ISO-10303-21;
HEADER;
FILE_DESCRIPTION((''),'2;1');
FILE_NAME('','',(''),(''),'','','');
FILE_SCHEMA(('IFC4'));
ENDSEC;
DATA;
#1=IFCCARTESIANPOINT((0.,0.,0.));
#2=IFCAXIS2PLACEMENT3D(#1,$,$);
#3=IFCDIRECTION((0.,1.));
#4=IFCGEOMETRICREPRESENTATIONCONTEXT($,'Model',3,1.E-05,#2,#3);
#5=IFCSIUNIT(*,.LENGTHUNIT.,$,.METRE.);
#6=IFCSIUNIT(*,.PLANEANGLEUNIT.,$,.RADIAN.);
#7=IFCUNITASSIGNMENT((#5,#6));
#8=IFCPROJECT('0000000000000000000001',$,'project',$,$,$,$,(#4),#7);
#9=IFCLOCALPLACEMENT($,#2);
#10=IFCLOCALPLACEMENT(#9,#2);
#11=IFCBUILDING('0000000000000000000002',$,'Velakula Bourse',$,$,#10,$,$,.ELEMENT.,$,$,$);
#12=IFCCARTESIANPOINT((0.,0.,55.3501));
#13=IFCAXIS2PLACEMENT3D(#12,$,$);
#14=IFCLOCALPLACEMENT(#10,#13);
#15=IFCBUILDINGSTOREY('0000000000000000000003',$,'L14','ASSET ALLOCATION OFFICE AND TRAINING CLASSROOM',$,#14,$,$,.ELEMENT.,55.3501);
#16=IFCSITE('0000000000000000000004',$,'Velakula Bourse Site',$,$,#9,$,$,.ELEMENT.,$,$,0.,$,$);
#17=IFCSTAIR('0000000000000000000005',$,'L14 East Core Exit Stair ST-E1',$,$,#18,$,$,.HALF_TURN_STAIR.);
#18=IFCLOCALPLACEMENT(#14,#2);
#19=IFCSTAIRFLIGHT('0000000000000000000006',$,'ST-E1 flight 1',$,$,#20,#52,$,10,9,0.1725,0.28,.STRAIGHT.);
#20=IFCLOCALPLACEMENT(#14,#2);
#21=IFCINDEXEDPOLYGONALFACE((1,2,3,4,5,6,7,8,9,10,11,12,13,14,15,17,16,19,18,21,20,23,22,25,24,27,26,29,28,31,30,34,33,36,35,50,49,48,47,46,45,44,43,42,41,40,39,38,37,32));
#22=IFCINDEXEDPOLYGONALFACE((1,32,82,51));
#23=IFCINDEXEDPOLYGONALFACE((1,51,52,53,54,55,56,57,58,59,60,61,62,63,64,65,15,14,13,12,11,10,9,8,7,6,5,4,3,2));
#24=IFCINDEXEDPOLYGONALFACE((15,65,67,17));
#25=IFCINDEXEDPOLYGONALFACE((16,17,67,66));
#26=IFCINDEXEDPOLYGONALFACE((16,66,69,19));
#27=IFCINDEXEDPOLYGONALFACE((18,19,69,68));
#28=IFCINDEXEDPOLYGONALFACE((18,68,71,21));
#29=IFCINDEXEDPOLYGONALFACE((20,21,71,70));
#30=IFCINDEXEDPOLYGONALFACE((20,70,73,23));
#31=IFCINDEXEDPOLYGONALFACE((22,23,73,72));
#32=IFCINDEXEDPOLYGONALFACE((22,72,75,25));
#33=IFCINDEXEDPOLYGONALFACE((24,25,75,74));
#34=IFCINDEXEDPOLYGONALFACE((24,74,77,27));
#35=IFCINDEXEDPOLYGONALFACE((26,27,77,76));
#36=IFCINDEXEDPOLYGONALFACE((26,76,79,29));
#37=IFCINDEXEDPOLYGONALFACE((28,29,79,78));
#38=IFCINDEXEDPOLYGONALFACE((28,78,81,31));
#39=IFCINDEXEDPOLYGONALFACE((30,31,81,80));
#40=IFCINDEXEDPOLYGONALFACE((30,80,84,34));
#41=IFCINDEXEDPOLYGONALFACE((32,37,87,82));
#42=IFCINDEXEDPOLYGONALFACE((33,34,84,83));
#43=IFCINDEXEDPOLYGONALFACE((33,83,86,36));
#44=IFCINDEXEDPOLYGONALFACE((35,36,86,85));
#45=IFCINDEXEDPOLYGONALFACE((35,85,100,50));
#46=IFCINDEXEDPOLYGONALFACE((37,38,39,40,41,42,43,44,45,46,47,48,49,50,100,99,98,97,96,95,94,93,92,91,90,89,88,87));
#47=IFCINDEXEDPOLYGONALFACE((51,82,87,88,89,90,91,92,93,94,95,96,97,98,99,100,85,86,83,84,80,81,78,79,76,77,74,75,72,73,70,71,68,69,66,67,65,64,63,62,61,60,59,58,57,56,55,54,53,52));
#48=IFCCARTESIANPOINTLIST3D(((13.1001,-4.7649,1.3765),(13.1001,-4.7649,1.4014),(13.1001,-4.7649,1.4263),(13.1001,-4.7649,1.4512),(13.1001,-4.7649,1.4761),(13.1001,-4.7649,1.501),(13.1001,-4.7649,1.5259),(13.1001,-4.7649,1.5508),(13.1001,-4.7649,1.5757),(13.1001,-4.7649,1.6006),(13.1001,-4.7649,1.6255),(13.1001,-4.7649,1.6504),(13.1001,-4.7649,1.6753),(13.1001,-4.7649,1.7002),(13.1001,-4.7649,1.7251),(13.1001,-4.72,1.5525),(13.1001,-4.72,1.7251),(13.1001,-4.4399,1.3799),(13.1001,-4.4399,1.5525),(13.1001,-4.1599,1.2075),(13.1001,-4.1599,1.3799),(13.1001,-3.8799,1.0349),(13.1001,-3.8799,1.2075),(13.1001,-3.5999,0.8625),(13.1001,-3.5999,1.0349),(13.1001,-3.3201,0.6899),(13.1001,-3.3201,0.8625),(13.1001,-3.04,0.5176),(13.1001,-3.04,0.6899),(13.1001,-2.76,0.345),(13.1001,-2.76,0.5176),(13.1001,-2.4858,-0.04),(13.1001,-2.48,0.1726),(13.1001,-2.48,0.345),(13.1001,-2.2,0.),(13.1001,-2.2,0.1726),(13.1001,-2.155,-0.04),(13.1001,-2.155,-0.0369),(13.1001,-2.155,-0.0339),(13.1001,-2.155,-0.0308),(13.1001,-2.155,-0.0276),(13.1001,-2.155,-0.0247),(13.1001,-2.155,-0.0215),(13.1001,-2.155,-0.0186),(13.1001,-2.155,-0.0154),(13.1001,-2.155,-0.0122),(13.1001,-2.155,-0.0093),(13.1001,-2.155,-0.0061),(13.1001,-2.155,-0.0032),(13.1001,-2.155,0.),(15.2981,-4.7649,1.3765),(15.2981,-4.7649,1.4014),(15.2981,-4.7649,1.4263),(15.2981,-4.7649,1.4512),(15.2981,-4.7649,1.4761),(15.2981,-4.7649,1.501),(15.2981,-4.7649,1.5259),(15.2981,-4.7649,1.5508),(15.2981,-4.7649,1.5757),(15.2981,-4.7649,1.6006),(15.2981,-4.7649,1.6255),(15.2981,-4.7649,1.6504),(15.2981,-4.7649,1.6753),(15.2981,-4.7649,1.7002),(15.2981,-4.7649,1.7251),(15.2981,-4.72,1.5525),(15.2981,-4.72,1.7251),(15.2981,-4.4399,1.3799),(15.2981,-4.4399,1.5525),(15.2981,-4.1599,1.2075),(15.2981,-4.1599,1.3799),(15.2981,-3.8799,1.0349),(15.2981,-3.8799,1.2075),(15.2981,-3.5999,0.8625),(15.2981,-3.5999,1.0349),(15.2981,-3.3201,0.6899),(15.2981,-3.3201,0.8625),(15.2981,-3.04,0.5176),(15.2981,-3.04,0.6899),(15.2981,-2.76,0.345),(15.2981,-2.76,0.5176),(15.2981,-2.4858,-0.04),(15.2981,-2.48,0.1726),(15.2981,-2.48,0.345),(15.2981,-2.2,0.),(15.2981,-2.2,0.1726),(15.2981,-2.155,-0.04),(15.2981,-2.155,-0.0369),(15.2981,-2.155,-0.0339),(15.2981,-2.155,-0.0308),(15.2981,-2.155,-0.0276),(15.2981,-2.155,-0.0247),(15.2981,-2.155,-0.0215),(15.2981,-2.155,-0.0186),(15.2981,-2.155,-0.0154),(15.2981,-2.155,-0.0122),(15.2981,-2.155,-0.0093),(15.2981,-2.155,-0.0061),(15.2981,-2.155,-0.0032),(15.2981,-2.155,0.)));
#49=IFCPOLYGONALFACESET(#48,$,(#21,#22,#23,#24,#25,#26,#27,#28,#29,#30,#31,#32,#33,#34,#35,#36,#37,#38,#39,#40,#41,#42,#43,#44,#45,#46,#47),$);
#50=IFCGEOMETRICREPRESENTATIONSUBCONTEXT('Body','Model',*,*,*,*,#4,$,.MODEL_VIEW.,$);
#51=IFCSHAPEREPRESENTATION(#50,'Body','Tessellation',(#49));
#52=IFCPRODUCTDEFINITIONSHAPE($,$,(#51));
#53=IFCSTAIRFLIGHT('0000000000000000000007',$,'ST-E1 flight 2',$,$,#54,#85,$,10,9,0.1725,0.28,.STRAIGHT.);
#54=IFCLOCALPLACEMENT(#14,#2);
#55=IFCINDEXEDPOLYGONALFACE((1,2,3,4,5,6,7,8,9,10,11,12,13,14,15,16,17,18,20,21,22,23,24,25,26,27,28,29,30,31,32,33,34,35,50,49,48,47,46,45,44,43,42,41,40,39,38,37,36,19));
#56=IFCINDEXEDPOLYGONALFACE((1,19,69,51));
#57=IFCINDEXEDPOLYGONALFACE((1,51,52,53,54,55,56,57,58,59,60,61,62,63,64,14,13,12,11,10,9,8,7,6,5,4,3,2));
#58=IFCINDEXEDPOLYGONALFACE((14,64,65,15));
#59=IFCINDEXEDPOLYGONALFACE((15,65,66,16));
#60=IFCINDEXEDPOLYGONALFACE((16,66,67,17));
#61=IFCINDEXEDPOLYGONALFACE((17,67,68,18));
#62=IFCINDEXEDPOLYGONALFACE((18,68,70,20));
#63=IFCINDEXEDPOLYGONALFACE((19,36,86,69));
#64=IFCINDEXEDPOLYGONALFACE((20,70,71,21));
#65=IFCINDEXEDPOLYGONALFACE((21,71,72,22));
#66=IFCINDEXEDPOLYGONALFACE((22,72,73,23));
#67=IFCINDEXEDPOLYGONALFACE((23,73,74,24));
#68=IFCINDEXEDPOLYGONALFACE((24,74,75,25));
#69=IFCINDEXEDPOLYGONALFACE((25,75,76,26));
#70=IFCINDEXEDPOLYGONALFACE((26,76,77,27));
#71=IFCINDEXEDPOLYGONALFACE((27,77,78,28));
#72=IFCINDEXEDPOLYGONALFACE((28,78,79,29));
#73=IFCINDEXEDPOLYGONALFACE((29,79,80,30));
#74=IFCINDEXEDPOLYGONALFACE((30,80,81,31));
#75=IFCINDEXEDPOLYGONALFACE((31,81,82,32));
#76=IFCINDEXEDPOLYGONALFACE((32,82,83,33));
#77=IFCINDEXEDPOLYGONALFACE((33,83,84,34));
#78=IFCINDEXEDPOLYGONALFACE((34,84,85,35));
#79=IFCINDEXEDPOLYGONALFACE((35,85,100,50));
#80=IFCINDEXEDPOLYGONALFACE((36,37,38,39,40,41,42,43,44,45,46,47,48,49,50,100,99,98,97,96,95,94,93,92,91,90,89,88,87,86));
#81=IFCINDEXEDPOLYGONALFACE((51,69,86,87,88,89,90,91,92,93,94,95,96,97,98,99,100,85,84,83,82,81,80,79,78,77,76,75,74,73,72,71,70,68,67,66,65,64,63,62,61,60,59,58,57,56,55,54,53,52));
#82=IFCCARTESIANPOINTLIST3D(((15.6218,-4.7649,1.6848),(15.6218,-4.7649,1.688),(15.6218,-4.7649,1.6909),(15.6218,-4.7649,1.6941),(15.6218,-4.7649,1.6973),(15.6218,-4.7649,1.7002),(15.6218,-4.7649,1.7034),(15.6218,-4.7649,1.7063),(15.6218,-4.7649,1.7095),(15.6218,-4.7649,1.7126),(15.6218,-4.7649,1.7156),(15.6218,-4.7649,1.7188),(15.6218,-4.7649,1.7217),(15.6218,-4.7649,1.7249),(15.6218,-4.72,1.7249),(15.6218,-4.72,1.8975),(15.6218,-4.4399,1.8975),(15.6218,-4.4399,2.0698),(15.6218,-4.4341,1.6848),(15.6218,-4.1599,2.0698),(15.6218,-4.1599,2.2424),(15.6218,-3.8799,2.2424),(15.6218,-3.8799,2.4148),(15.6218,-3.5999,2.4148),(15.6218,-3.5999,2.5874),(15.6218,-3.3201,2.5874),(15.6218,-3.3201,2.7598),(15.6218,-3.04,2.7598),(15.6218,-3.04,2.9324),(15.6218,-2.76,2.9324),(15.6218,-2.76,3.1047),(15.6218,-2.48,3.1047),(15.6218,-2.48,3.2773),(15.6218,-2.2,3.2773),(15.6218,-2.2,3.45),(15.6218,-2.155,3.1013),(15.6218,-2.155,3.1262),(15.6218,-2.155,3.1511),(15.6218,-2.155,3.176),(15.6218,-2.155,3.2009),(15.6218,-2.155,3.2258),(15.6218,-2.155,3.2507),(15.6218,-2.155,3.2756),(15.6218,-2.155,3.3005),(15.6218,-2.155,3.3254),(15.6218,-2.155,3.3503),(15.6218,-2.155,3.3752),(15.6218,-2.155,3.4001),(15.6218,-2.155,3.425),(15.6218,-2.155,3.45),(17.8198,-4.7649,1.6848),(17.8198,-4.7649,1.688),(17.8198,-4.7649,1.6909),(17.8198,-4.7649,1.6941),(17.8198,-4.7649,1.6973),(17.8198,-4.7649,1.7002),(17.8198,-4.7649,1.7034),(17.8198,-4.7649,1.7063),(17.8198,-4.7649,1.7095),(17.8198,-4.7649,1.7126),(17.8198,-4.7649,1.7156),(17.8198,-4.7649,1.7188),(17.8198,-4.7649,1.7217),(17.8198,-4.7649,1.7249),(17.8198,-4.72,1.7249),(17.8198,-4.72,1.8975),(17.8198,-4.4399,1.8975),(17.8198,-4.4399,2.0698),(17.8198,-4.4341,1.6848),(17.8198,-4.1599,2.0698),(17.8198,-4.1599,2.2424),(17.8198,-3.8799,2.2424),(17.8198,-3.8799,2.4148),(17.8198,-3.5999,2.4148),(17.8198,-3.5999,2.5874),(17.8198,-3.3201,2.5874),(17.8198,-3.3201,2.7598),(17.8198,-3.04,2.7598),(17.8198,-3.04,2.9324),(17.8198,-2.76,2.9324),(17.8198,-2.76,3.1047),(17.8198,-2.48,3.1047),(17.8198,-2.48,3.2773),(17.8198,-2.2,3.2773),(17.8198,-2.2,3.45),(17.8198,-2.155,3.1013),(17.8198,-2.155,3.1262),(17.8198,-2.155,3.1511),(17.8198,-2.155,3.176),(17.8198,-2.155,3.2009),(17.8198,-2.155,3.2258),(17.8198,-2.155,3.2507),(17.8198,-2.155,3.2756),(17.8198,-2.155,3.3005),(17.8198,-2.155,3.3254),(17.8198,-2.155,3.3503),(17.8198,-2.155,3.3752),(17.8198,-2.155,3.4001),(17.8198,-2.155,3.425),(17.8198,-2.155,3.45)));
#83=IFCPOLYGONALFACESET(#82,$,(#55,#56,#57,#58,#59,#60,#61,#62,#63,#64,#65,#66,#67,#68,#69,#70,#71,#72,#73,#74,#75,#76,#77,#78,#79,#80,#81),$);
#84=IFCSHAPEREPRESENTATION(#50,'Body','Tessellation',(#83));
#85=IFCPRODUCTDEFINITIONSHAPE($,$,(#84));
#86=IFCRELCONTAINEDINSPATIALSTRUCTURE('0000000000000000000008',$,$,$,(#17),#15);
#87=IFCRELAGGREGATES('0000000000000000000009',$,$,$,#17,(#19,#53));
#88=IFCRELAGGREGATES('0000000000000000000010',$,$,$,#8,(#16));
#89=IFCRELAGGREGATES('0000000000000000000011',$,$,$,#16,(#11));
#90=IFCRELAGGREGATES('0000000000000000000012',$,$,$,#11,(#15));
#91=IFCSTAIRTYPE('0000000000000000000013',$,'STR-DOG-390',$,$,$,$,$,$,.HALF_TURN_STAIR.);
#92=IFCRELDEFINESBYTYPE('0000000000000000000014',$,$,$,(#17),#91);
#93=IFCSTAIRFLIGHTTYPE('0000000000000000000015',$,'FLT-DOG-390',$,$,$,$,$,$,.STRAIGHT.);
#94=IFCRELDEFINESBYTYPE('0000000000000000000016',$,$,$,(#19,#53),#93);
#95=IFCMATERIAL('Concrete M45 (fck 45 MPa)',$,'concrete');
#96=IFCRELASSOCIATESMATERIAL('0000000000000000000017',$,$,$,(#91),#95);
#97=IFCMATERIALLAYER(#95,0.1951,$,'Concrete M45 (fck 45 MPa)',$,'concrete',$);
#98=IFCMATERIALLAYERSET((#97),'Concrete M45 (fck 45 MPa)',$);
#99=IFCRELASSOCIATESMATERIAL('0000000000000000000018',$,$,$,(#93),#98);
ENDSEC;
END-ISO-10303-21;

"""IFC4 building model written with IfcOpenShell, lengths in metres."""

from ifc_helpers import new_model, si_unit, direction, frame, origin, place, context, subcontext, project, spatial, polyline, outline, extrude, material, layer, layer_set, type_object, element, aggregate, save


model = new_model("IFC4")

# Units and contexts
model_context = context("Model", 3, precision=1e-05, world=origin(), true_north=direction((0.0, 1.0)))
body_context = subcontext(model_context, "Body", "Model", "MODEL_VIEW")
ifc_project = project(units=[si_unit("LENGTHUNIT", "METRE"), si_unit("PLANEANGLEUNIT", "RADIAN")], contexts=[model_context])

# Site, building, storey
site_placement = place(None, origin())
site = spatial("IfcSite", under=ifc_project, at=site_placement, Name="Velakula Bourse Site", CompositionType="ELEMENT", RefElevation=0.0)
building_placement = place(site_placement, origin())
building = spatial("IfcBuilding", under=site, at=building_placement, Name="Velakula Bourse", CompositionType="ELEMENT")
storey_placement = place(building_placement, frame((0.0, 0.0, 55.3501)))
storey = spatial("IfcBuildingStorey", under=building, at=storey_placement, Name="L14", Description="ASSET ALLOCATION OFFICE AND TRAINING CLASSROOM", CompositionType="ELEMENT", Elevation=55.3501)

# Stair, stair flights
ifc_material_1 = material(Name="Concrete M45 (fck 45 MPa)", Category="concrete")
stair_type = type_object("IfcStairType", Name="STR-DOG-390", PredefinedType="HALF_TURN_STAIR", material=ifc_material_1)
stair_placement = place(storey_placement, origin())
stair = element("IfcStair", 1, at=stair_placement, inside=storey, type_object=stair_type, Name="L14 East Core Exit Stair ST-E1", PredefinedType="HALF_TURN_STAIR")
ifc_layer_1 = layer(ifc_material_1, 0.1951, Name="Concrete M45 (fck 45 MPa)", Category="concrete")
ifc_layer_set_1 = layer_set([ifc_layer_1], Name="Concrete M45 (fck 45 MPa)")
stair_flight_type = type_object("IfcStairFlightType", Name="FLT-DOG-390", PredefinedType="STRAIGHT", material=ifc_layer_set_1)
stair_flight_1_placement = place(storey_placement, frame((14.199, -2.2, 0.0), z_axis=(0.0, 0.0, 1.0), x_axis=(0.0, -1.0, 0.0)))
stair_flight_1 = element("IfcStairFlight", 2, at=stair_flight_1_placement, type_object=stair_flight_type, Name="ST-E1 flight 1", NumberOfRisers=10, NumberOfTreads=9, PredefinedType="STRAIGHT", RiserHeight=0.1725, TreadLength=0.28, context=body_context, shape_type="SweptSolid", body=[
    extrude(outline(polyline([(-0.0449, -0.04), (-0.0449, -0.0369), (-0.0449, -0.0339), (-0.0449, -0.0308), (-0.0449, -0.0276), (-0.0449, -0.0247), (-0.0449, -0.0215), (-0.0449, -0.0186), (-0.0449, -0.0154), (-0.0449, -0.0122), (-0.0449, -0.0093), (-0.0449, -0.0061), (-0.0449, -0.0032), (-0.0449, 0.0), (0.0, 0.0), (0.0, 0.1726), (0.28, 0.1726), (0.28, 0.345), (0.5601, 0.345), (0.5601, 0.5176), (0.8401, 0.5176), (0.8401, 0.6899), (1.1201, 0.6899), (1.1201, 0.8625), (1.3999, 0.8625), (1.3999, 1.0349), (1.6799, 1.0349), (1.6799, 1.2075), (1.96, 1.2075), (1.96, 1.3799), (2.24, 1.3799), (2.24, 1.5525), (2.52, 1.5525), (2.52, 1.7251), (2.5649, 1.7251), (2.5649, 1.7002), (2.5649, 1.6753), (2.5649, 1.6504), (2.5649, 1.6255), (2.5649, 1.6006), (2.5649, 1.5757), (2.5649, 1.5508), (2.5649, 1.5259), (2.5649, 1.501), (2.5649, 1.4761), (2.5649, 1.4512), (2.5649, 1.4263), (2.5649, 1.4014), (2.5649, 1.3765), (0.2859, -0.04), (-0.0449, -0.04)])), frame((0.0, 1.0991, 0.0), z_axis=(0.0, -1.0, 0.0), x_axis=(1.0, 0.0, 0.0)), (0.0, 0.0, 1.0), 2.198),
])
stair_flight_2_placement = place(storey_placement, frame((16.7209, -4.72, 1.7249), z_axis=(0.0, 0.0, 1.0), x_axis=(0.0, 1.0, 0.0)))
stair_flight_2 = element("IfcStairFlight", 3, at=stair_flight_2_placement, type_object=stair_flight_type, Name="ST-E1 flight 2", NumberOfRisers=10, NumberOfTreads=9, PredefinedType="STRAIGHT", RiserHeight=0.1725, TreadLength=0.28, context=body_context, shape_type="SweptSolid", body=[
    extrude(outline(polyline([(-0.0449, -0.04), (-0.0449, -0.0369), (-0.0449, -0.0339), (-0.0449, -0.0308), (-0.0449, -0.0276), (-0.0449, -0.0247), (-0.0449, -0.0215), (-0.0449, -0.0186), (-0.0449, -0.0154), (-0.0449, -0.0122), (-0.0449, -0.0093), (-0.0449, -0.0061), (-0.0449, -0.0032), (-0.0449, 0.0), (0.0, 0.0), (0.0, 0.1726), (0.28, 0.1726), (0.28, 0.345), (0.5601, 0.345), (0.5601, 0.5176), (0.8401, 0.5176), (0.8401, 0.6899), (1.1201, 0.6899), (1.1201, 0.8625), (1.3999, 0.8625), (1.3999, 1.0349), (1.6799, 1.0349), (1.6799, 1.2075), (1.96, 1.2075), (1.96, 1.3799), (2.24, 1.3799), (2.24, 1.5525), (2.52, 1.5525), (2.52, 1.7251), (2.5649, 1.7251), (2.5649, 1.7002), (2.5649, 1.6753), (2.5649, 1.6504), (2.5649, 1.6255), (2.5649, 1.6006), (2.5649, 1.5757), (2.5649, 1.5508), (2.5649, 1.5259), (2.5649, 1.501), (2.5649, 1.4761), (2.5649, 1.4512), (2.5649, 1.4263), (2.5649, 1.4014), (2.5649, 1.3765), (0.2859, -0.04), (-0.0449, -0.04)])), frame((0.0, 1.0991, 0.0), z_axis=(0.0, -1.0, 0.0), x_axis=(1.0, 0.0, 0.0)), (0.0, 0.0, 1.0), 2.198),
])
aggregate(stair, [stair_flight_1, stair_flight_2])

save(model, "model.ifc")
